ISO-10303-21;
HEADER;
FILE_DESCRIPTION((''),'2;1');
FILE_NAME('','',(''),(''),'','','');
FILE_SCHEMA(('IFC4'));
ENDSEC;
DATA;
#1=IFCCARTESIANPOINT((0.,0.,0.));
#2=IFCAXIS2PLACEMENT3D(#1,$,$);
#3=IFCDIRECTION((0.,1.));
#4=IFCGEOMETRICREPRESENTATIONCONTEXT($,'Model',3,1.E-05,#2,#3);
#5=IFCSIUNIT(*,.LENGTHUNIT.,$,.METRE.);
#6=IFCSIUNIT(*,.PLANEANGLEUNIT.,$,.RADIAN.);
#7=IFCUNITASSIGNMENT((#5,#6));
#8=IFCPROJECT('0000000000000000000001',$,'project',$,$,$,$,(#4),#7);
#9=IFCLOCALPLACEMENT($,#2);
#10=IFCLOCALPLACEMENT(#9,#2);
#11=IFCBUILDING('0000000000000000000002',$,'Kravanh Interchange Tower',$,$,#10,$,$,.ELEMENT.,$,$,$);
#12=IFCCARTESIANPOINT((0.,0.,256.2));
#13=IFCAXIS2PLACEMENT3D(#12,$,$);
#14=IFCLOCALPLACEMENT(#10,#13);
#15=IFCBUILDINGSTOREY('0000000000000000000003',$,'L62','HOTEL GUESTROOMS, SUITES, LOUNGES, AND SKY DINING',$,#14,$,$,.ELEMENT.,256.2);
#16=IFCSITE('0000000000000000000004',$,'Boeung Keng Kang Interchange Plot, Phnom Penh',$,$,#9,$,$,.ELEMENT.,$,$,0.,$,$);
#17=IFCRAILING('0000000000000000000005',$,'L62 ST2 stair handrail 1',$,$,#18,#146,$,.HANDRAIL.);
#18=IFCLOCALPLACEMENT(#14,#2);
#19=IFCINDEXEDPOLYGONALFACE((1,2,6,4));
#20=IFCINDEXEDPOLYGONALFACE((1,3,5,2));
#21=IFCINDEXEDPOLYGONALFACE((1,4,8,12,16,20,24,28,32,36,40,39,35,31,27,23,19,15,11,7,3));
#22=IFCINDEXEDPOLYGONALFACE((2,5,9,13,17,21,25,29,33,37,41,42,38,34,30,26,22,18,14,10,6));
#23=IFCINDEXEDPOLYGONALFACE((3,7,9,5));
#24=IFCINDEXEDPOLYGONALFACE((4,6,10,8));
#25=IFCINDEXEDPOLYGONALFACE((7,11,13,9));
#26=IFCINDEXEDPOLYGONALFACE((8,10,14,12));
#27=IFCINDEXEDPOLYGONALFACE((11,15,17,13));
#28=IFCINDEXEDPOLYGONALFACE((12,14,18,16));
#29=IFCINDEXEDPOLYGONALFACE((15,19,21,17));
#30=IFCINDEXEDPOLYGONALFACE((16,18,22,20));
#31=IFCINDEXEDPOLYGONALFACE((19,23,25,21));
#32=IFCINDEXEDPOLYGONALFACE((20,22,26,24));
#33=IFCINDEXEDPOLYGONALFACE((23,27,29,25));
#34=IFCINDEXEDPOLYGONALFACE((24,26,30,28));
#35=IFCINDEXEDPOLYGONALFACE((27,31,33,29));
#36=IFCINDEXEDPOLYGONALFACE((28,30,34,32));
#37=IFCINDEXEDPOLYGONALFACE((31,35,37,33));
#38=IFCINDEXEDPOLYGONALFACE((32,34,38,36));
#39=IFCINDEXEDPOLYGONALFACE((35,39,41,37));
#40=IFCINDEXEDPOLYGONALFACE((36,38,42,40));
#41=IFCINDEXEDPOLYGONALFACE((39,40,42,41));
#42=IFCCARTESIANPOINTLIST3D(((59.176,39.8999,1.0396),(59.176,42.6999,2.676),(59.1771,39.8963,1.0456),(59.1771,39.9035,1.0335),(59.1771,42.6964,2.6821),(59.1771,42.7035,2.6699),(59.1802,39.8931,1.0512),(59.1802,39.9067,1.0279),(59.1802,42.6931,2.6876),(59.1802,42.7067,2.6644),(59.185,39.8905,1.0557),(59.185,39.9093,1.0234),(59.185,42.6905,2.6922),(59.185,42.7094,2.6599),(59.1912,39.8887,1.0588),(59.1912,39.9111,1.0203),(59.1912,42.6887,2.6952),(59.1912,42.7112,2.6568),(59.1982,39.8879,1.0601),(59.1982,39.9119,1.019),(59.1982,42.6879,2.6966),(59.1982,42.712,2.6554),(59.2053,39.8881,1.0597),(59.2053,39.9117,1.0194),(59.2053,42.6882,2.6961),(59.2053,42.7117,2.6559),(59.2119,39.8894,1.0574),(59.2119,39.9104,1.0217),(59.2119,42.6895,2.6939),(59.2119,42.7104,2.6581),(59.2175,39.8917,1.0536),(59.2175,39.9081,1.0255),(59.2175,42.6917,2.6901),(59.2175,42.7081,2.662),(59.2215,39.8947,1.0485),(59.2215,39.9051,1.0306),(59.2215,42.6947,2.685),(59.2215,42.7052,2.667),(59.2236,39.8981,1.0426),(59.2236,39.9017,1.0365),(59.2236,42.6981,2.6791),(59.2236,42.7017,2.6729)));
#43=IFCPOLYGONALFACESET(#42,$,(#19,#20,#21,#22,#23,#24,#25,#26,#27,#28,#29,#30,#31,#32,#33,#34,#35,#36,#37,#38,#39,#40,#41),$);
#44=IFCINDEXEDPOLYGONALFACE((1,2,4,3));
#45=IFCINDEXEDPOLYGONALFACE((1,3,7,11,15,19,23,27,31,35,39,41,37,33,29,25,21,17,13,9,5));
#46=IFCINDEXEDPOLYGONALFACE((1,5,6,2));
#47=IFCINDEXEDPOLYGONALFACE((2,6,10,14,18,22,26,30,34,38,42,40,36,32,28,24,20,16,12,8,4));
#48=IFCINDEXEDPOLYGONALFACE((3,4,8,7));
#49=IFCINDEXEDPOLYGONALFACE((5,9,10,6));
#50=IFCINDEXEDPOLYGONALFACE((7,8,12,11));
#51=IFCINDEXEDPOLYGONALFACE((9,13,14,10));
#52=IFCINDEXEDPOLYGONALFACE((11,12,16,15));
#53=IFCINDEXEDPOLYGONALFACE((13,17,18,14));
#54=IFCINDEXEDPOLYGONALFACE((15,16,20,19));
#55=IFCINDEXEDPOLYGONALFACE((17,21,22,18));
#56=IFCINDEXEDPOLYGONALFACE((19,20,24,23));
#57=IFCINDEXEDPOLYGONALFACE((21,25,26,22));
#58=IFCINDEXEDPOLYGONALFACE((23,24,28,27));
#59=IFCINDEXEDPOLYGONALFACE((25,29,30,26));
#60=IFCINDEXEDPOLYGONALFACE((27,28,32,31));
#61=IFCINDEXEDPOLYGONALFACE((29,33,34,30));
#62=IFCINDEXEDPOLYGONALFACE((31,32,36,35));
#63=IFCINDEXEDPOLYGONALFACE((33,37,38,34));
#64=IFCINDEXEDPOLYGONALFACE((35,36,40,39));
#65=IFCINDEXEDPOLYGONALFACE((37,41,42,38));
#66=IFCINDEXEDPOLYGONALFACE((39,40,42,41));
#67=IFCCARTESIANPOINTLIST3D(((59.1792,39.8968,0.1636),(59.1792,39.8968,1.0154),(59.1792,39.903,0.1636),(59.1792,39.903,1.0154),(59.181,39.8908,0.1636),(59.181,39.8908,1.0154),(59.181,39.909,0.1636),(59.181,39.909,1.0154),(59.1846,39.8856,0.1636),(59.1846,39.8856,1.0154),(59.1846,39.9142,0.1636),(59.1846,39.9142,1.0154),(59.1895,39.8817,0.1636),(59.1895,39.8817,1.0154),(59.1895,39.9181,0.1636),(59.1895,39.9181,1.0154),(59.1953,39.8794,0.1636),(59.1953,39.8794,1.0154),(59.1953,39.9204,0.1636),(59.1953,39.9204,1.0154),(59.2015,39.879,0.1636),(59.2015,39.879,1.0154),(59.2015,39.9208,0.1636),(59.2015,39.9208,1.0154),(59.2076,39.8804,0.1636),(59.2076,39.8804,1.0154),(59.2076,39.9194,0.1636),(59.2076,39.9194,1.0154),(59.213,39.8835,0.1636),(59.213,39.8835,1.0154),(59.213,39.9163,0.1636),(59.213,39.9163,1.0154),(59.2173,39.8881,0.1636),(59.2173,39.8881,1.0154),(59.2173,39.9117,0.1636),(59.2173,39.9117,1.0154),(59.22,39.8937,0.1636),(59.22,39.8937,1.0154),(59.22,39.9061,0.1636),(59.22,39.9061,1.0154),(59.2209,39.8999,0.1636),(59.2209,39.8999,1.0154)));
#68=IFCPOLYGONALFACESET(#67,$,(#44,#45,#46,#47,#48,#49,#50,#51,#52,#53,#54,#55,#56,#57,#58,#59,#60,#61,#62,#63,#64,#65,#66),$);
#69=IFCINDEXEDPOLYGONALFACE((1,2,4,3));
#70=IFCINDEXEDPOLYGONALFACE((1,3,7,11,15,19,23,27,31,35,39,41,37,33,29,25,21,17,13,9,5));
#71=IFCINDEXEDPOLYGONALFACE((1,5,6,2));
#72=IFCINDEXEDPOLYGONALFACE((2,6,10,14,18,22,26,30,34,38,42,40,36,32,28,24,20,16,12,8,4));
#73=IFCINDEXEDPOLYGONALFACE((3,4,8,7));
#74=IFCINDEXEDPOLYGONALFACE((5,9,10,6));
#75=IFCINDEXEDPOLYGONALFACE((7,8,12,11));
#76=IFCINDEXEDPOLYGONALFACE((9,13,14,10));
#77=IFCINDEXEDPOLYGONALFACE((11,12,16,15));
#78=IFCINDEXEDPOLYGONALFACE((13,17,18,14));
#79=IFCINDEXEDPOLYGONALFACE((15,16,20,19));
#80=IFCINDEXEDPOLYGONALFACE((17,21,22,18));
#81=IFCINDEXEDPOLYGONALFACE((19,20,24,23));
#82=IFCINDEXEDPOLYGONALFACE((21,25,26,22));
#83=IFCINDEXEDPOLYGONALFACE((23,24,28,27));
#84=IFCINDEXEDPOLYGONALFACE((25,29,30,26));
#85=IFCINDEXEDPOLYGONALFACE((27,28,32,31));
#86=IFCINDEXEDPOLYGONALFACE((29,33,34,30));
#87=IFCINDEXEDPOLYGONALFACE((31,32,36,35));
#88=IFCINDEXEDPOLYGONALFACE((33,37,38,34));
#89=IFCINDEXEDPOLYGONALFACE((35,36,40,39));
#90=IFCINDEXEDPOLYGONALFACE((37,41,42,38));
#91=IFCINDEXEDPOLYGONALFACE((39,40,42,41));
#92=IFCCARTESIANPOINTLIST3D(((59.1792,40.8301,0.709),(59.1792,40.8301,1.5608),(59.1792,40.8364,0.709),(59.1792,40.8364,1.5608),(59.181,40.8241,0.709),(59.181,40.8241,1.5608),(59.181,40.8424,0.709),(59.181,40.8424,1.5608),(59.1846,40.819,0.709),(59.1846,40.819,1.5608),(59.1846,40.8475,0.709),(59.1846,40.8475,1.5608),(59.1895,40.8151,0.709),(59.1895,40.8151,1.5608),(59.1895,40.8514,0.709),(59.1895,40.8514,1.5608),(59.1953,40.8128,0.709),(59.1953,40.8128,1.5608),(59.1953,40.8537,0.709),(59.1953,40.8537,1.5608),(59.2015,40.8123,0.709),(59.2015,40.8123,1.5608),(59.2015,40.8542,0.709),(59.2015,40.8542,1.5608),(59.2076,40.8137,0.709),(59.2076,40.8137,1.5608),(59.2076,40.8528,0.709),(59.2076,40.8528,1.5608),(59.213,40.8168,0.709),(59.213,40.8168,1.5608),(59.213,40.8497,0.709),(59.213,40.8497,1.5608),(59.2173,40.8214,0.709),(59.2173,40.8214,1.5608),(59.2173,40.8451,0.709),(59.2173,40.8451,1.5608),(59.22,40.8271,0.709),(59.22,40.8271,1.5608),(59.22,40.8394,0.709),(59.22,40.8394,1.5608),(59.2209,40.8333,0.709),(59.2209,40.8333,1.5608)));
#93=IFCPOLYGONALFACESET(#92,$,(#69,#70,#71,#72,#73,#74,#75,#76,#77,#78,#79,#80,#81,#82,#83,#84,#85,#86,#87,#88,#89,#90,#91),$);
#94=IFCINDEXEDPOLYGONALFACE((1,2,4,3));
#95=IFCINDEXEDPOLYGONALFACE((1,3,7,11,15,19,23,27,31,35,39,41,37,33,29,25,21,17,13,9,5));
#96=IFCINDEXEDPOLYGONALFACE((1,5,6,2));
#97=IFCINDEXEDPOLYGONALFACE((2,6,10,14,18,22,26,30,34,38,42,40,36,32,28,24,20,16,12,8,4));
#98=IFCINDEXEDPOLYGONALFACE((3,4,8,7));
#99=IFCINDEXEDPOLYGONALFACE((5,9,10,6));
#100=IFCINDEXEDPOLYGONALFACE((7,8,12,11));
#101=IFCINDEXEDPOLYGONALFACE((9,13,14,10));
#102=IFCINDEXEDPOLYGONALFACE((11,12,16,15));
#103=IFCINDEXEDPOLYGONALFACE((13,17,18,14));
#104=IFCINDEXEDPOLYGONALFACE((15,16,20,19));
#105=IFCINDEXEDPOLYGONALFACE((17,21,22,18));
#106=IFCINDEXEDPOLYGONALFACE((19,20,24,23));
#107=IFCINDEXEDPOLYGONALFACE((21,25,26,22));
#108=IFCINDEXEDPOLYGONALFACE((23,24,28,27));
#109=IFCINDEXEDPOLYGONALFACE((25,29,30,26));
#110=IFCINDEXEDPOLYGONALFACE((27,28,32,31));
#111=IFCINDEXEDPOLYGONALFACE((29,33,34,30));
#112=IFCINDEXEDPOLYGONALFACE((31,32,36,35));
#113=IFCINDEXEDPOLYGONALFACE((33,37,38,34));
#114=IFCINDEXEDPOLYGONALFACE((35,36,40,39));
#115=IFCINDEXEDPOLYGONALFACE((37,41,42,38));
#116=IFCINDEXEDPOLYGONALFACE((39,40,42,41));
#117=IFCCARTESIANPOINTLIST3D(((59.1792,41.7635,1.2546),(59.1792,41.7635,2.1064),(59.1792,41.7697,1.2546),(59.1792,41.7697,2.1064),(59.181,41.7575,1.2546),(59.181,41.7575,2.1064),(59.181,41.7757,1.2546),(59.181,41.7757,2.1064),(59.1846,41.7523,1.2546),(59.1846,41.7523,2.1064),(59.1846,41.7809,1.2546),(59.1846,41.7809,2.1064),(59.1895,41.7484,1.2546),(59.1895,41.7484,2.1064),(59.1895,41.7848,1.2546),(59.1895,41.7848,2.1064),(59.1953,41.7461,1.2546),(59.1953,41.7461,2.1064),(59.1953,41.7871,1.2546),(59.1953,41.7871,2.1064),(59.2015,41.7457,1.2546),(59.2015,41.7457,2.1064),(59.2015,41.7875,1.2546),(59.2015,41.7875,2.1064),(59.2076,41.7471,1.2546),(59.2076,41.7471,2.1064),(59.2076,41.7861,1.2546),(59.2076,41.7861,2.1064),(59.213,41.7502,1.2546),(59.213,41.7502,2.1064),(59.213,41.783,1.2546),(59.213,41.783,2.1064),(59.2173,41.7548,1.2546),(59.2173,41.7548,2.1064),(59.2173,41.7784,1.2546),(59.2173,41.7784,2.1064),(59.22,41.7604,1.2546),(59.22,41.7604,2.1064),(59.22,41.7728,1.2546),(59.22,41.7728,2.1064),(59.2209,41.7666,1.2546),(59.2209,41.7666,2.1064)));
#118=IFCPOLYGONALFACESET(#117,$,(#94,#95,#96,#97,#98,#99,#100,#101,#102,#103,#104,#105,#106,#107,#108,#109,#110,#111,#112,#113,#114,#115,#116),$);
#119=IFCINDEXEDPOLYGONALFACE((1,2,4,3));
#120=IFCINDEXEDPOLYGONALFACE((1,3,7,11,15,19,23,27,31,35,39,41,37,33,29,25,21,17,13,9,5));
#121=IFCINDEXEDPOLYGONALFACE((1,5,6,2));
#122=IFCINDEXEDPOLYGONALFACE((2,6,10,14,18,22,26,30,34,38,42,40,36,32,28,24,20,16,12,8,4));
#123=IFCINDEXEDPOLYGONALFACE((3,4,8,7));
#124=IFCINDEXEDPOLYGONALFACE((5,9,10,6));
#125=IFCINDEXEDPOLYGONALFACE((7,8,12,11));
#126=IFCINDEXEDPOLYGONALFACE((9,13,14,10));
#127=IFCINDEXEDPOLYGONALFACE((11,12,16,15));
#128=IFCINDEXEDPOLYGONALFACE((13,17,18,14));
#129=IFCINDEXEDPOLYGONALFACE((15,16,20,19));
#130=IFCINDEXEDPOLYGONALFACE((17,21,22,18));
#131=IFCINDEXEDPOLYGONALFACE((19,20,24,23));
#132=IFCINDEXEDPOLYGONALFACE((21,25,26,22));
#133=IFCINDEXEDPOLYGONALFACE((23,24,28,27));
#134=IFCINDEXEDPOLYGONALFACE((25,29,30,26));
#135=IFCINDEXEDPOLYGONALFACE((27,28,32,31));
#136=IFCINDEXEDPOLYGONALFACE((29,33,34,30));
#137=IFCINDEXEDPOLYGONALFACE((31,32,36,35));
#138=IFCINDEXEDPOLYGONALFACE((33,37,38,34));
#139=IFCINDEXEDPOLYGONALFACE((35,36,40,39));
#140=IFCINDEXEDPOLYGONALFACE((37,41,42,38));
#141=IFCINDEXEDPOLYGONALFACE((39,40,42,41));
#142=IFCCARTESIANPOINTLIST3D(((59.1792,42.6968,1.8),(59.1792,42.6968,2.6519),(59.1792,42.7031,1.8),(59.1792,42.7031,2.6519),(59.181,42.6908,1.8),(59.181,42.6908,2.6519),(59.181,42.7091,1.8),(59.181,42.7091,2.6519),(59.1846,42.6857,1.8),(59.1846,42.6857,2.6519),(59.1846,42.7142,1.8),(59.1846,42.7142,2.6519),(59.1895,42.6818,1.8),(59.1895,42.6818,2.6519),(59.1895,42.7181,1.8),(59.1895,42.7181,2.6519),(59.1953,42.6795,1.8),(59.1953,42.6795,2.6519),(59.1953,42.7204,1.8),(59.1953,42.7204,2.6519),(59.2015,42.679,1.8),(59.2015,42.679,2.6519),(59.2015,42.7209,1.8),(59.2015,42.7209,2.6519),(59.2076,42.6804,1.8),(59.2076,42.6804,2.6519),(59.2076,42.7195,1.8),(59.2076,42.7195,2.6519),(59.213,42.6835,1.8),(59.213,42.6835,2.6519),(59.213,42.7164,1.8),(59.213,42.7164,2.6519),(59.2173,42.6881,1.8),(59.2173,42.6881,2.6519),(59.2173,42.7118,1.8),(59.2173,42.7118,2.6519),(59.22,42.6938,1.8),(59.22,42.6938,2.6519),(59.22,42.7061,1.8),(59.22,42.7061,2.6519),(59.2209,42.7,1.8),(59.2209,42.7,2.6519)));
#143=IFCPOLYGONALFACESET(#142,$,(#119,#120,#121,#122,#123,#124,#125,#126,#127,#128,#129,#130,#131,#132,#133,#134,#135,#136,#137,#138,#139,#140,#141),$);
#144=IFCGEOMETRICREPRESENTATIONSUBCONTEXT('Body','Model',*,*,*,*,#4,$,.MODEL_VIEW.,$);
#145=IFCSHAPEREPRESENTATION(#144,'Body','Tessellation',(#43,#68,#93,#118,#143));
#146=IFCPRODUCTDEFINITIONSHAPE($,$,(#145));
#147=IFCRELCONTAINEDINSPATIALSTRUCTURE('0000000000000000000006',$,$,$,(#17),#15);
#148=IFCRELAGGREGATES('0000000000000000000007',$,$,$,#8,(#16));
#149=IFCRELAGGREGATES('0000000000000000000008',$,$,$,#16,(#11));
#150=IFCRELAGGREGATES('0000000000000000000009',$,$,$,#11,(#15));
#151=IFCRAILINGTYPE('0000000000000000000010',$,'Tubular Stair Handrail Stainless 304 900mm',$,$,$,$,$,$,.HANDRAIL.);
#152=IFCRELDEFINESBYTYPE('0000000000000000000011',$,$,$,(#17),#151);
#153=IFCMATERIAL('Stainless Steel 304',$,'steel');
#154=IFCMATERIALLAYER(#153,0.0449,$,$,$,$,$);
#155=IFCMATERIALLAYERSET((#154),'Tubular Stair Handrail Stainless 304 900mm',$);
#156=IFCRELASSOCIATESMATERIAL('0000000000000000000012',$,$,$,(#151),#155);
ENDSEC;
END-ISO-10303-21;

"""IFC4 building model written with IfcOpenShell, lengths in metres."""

from ifc_helpers import new_model, si_unit, direction, frame, origin, origin_2d, place, context, subcontext, project, spatial, circle, extrude, material, layer, layer_set, type_object, element, save


model = new_model("IFC4")

# Units and contexts
model_context = context("Model", 3, precision=1e-05, world=origin(), true_north=direction((0.0, 1.0)))
body_context = subcontext(model_context, "Body", "Model", "MODEL_VIEW")
ifc_project = project(units=[si_unit("LENGTHUNIT", "METRE"), si_unit("PLANEANGLEUNIT", "RADIAN")], contexts=[model_context])

# Site, building, storey
site_placement = place(None, origin())
site = spatial("IfcSite", under=ifc_project, at=site_placement, Name="Boeung Keng Kang Interchange Plot, Phnom Penh", CompositionType="ELEMENT", RefElevation=0.0)
building_placement = place(site_placement, origin())
building = spatial("IfcBuilding", under=site, at=building_placement, Name="Kravanh Interchange Tower", CompositionType="ELEMENT")
storey_placement = place(building_placement, frame((0.0, 0.0, 256.2)))
storey = spatial("IfcBuildingStorey", under=building, at=storey_placement, Name="L62", Description="HOTEL GUESTROOMS, SUITES, LOUNGES, AND SKY DINING", CompositionType="ELEMENT", Elevation=256.2)

# Railing
ifc_material_1 = material(Name="Stainless Steel 304", Category="steel")
ifc_layer_1 = layer(ifc_material_1, 0.0449)
ifc_layer_set_1 = layer_set([ifc_layer_1], Name="Tubular Stair Handrail Stainless 304 900mm")
railing_type_1 = type_object("IfcRailingType", Name="Tubular Stair Handrail Stainless 304 900mm", PredefinedType="HANDRAIL", material=ifc_layer_set_1)
railing_1_placement = place(storey_placement, frame((59.2, 39.8999, 0.1636)))
element("IfcRailing", 1, at=railing_1_placement, inside=storey, type_object=railing_type_1, Name="L62 ST2 stair handrail 1", PredefinedType="HANDRAIL", context=body_context, shape_type="SweptSolid", body=[
    extrude(circle(Radius=0.0239, at=origin_2d()), frame((0.0, 0.0, 0.876), z_axis=(0.0, 0.863361, 0.504587), x_axis=(-1.0, 0.0, 0.0)), (0.0, 0.0, 1.0), 3.2432),
    extrude(circle(Radius=0.021, at=origin_2d()), origin(), (0.0, 0.0, 1.0), 0.8518),
    extrude(circle(Radius=0.021, at=origin_2d()), frame((0.0, 0.9333, 0.5454)), (0.0, 0.0, 1.0), 0.8518),
    extrude(circle(Radius=0.021, at=origin_2d()), frame((0.0, 1.8667, 1.0911)), (0.0, 0.0, 1.0), 0.8518),
    extrude(circle(Radius=0.021, at=origin_2d()), frame((0.0, 2.8, 1.6365)), (0.0, 0.0, 1.0), 0.8518),
])

save(model, "model.ifc")
